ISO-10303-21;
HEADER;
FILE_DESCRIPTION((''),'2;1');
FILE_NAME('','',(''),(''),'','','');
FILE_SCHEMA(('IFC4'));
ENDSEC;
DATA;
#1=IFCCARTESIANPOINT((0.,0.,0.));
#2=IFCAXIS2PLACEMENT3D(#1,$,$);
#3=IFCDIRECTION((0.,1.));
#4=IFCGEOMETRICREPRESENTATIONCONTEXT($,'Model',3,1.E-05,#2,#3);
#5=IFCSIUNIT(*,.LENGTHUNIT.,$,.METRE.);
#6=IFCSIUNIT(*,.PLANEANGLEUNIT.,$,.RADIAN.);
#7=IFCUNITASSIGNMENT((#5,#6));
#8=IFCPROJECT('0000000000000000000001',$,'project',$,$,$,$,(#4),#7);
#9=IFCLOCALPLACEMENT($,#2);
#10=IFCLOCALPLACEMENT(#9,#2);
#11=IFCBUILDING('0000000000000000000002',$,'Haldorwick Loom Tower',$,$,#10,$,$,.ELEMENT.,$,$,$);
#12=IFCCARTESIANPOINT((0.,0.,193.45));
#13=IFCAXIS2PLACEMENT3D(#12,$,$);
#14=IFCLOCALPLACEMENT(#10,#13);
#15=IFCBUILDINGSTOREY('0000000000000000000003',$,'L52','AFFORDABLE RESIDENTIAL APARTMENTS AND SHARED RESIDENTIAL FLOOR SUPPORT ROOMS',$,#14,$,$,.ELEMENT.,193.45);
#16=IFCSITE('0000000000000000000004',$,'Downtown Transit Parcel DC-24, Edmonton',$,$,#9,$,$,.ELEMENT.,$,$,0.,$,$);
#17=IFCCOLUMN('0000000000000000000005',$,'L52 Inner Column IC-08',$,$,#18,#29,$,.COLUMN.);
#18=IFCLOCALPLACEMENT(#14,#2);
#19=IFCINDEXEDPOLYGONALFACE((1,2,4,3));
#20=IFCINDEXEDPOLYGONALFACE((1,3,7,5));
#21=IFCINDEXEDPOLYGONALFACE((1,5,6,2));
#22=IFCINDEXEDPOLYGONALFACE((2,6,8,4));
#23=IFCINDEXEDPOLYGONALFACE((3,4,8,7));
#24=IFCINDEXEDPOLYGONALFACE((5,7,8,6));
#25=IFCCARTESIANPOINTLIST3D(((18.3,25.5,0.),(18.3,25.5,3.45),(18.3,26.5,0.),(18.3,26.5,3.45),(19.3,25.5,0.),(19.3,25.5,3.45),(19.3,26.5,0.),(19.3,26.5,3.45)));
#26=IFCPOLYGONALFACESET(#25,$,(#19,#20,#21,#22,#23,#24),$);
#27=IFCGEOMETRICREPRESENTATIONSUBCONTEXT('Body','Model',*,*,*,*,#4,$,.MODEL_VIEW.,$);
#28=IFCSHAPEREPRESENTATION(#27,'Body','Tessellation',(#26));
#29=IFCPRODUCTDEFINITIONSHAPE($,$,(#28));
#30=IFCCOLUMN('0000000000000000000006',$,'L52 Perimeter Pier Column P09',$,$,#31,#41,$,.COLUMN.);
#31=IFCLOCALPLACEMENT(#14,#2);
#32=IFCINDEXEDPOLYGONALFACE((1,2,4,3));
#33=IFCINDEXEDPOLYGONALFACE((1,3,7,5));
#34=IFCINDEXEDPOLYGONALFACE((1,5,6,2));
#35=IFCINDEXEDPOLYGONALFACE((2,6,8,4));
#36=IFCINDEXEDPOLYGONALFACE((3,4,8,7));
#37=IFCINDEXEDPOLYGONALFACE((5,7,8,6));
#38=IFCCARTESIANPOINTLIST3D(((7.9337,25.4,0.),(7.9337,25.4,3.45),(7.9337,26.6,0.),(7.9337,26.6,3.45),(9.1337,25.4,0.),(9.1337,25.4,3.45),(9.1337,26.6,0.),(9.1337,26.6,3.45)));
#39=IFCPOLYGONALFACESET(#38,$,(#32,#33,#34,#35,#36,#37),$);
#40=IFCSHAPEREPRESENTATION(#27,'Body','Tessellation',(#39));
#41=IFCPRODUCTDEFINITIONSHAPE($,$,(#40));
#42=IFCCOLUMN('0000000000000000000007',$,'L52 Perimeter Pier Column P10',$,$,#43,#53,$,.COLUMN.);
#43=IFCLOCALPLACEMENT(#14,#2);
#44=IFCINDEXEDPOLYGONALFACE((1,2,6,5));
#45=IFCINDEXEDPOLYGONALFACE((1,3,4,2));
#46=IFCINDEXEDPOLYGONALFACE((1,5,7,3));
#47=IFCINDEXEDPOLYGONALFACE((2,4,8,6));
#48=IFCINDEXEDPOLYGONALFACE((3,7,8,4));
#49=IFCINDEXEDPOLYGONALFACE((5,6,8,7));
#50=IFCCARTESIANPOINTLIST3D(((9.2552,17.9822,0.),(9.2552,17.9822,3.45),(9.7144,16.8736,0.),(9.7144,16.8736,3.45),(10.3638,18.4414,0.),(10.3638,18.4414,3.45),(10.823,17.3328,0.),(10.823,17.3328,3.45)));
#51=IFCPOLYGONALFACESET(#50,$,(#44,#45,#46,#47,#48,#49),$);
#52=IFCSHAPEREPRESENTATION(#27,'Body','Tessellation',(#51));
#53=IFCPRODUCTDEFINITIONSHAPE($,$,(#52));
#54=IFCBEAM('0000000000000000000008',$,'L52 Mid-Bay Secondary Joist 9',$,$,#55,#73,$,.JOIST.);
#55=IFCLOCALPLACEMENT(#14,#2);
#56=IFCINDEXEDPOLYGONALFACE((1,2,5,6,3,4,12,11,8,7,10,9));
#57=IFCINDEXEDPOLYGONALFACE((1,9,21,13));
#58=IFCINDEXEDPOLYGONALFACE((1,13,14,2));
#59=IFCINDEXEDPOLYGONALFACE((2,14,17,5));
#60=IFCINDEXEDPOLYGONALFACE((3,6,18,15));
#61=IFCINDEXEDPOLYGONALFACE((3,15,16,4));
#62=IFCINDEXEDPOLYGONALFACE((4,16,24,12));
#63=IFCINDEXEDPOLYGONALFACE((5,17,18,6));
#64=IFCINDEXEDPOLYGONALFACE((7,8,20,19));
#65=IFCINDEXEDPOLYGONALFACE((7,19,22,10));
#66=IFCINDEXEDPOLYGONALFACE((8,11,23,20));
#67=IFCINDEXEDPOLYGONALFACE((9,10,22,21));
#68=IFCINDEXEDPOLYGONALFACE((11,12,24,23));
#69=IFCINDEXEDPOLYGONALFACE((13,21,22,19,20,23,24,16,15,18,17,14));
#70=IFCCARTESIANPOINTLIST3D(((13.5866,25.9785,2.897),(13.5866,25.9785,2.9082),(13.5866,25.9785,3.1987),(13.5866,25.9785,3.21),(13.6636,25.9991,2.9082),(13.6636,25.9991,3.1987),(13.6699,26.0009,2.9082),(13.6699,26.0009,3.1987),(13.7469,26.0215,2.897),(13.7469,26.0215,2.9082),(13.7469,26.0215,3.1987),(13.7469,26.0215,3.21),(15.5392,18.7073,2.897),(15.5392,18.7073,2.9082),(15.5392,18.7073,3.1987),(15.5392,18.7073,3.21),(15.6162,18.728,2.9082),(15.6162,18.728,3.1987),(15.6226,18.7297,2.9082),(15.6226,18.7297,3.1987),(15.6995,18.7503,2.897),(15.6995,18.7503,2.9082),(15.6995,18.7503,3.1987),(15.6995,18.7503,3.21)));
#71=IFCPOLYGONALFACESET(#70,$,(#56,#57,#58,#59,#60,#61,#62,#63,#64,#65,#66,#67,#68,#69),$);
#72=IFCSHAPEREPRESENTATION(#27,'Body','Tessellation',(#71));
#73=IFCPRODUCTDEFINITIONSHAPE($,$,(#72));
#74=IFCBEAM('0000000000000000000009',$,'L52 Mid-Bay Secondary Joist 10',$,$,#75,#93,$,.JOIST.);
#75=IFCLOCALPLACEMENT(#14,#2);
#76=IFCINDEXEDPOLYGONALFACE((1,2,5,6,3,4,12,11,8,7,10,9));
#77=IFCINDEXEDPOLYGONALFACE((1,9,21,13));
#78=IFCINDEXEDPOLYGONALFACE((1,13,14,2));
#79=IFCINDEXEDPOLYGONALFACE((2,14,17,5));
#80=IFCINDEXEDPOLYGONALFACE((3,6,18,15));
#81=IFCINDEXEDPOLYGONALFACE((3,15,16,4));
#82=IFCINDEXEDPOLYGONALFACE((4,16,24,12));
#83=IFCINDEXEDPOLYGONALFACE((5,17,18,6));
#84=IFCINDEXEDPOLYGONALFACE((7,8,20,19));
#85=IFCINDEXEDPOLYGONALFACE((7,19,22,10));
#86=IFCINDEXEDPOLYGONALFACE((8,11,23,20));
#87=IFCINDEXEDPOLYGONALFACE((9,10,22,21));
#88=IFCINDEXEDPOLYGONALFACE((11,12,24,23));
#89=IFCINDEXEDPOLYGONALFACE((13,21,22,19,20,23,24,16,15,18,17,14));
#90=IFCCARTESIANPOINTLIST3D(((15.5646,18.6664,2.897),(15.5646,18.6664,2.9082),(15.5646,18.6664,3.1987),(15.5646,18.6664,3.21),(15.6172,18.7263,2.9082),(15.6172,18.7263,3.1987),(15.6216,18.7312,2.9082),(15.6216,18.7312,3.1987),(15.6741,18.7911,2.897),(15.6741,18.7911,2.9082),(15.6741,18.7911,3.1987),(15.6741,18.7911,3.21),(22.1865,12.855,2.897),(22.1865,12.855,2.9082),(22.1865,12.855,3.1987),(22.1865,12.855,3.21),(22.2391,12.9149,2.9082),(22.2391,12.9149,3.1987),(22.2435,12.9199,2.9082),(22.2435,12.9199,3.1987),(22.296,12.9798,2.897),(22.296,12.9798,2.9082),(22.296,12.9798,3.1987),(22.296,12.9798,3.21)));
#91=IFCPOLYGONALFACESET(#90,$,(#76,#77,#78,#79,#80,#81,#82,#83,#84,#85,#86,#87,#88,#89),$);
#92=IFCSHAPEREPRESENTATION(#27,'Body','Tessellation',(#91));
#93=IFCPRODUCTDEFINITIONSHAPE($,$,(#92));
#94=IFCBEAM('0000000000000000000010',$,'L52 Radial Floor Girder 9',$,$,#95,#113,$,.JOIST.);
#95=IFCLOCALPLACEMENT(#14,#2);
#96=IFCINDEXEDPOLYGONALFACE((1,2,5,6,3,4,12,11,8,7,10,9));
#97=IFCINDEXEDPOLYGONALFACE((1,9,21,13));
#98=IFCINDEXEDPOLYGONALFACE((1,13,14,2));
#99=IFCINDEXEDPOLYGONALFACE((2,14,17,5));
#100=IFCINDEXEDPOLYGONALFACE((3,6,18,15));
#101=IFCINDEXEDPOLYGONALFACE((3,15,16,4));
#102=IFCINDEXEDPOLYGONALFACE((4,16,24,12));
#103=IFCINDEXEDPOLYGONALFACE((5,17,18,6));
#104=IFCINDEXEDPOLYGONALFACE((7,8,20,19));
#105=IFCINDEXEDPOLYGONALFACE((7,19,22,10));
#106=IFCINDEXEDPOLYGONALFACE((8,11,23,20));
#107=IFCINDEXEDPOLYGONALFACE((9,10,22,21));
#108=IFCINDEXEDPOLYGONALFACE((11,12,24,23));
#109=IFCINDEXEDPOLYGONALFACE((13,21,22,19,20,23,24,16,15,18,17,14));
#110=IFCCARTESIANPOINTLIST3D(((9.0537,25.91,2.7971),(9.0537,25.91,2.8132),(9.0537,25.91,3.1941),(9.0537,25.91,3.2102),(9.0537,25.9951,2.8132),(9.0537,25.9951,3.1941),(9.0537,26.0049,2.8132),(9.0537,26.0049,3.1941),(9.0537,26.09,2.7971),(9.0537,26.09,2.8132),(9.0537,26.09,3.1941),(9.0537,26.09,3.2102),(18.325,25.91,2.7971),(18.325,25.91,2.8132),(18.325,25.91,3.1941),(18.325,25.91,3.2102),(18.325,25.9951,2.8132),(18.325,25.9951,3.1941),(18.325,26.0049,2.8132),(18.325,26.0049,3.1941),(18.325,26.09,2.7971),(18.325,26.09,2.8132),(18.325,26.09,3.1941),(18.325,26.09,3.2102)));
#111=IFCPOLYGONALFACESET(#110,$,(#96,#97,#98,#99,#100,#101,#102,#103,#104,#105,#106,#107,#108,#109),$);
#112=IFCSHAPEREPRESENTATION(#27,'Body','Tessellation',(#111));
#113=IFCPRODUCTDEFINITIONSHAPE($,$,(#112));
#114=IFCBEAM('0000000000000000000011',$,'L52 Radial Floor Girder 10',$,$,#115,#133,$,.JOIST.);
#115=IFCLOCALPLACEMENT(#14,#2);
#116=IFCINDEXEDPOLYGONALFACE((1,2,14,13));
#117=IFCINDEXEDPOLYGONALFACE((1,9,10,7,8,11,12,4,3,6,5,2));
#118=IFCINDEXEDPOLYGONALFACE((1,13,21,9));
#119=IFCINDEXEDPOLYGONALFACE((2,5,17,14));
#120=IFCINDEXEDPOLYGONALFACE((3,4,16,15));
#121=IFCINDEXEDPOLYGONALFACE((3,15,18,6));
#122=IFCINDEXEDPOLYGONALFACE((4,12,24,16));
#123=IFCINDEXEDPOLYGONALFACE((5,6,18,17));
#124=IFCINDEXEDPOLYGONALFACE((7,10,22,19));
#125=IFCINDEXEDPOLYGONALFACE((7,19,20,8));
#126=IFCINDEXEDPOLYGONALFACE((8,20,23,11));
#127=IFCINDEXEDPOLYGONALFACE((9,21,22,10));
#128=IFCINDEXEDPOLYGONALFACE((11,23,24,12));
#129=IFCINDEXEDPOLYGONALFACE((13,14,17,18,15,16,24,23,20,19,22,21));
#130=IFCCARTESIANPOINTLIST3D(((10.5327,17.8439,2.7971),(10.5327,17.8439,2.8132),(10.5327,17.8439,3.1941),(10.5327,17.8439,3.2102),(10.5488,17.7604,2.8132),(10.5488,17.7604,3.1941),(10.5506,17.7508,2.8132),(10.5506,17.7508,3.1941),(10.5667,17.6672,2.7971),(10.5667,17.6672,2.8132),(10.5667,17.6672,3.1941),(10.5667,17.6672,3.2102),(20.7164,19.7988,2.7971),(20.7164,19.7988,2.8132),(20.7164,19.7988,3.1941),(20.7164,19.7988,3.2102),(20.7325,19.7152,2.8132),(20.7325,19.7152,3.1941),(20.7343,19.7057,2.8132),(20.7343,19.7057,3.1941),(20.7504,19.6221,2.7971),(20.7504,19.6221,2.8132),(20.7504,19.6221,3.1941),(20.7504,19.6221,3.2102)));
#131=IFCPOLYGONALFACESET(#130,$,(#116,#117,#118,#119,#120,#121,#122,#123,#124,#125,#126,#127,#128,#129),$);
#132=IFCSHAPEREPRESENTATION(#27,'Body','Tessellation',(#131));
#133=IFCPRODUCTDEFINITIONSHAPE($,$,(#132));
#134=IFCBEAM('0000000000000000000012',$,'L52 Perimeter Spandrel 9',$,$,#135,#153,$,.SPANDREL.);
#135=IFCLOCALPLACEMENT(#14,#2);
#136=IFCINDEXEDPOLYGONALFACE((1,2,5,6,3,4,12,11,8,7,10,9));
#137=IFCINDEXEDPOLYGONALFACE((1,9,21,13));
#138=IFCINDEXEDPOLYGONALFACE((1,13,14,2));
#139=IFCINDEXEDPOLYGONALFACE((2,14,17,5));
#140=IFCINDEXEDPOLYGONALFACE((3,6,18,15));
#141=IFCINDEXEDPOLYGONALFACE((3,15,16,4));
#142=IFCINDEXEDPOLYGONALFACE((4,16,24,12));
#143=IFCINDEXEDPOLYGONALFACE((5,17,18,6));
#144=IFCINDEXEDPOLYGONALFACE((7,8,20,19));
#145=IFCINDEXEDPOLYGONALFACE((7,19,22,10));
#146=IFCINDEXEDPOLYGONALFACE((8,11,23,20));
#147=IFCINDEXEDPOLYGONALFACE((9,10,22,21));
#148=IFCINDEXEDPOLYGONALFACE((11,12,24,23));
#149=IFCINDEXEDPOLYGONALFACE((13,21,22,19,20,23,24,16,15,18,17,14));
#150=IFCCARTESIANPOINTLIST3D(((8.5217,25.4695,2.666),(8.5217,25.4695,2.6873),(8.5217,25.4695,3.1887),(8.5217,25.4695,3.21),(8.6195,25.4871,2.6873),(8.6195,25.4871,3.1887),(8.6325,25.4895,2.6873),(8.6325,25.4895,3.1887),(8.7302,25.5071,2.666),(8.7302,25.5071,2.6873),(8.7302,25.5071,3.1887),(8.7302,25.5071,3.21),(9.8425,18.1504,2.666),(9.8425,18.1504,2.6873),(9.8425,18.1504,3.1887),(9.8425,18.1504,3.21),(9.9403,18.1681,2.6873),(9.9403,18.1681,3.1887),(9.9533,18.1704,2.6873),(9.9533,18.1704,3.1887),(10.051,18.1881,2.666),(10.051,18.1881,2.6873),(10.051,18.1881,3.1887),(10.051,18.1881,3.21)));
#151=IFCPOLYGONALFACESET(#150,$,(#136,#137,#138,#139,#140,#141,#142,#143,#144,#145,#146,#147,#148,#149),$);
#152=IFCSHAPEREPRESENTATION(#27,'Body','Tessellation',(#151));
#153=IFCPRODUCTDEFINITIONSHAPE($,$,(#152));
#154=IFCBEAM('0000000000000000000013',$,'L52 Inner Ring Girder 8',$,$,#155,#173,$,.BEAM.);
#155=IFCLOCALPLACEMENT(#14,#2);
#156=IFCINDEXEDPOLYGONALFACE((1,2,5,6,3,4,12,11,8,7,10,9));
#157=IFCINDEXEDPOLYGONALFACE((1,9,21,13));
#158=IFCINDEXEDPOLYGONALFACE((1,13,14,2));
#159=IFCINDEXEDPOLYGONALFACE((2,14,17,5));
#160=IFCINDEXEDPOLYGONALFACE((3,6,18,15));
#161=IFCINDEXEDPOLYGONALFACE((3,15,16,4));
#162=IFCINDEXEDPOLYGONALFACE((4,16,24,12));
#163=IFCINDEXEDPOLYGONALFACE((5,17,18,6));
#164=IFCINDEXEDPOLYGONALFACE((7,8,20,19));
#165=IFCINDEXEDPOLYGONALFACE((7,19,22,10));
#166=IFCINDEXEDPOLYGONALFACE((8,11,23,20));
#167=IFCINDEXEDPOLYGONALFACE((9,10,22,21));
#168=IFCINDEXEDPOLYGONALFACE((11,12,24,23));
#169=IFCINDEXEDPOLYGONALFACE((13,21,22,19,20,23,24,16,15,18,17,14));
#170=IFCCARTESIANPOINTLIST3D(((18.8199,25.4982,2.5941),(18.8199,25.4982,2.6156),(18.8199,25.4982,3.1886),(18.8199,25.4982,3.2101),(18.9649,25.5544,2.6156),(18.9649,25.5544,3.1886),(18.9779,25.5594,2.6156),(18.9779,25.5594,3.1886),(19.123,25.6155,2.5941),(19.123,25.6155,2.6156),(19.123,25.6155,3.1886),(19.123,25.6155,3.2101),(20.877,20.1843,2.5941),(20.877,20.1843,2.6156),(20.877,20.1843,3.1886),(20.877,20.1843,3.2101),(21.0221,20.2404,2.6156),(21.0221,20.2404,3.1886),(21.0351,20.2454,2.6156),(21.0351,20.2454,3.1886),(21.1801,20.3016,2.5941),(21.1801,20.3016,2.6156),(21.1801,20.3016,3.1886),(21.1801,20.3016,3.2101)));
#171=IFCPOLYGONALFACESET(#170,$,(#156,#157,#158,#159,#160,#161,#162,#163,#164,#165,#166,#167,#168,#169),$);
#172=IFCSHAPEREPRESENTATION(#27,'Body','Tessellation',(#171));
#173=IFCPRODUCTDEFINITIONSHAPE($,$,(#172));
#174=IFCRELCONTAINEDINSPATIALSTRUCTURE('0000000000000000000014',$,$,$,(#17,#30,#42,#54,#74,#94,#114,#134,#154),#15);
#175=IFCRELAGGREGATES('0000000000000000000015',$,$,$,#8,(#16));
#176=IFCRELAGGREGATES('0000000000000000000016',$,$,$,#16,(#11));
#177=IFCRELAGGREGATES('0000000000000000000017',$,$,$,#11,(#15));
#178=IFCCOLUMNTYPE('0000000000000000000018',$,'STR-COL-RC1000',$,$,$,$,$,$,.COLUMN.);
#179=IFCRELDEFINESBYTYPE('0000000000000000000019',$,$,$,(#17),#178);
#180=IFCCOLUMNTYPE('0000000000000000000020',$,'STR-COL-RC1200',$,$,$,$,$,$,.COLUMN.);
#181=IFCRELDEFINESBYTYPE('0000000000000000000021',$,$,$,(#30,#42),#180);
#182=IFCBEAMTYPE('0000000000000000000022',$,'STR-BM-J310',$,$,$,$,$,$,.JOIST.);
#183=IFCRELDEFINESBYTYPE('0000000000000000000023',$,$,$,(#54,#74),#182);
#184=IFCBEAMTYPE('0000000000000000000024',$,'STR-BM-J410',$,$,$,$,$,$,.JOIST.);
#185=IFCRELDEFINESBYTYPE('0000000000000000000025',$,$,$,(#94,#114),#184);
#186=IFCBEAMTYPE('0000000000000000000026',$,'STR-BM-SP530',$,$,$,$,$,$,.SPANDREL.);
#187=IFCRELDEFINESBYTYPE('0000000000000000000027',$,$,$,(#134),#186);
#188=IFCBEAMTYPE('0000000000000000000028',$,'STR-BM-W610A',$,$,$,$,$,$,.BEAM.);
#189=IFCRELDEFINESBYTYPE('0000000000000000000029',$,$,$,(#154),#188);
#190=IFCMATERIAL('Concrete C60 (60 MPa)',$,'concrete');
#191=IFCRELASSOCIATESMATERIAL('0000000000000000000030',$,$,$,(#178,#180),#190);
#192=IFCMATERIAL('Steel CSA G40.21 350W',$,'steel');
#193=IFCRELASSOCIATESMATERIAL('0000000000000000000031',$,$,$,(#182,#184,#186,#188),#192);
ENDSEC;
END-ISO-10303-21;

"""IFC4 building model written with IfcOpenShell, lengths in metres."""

from ifc_helpers import new_model, si_unit, direction, frame, origin, origin_2d, place, context, subcontext, project, spatial, rectangle, i_section, extrude, material, material_profile, profile_set, type_object, element, save


model = new_model("IFC4")

# Units and contexts
model_context = context("Model", 3, precision=1e-05, world=origin(), true_north=direction((0.0, 1.0)))
body_context = subcontext(model_context, "Body", "Model", "MODEL_VIEW")
ifc_project = project(units=[si_unit("LENGTHUNIT", "METRE"), si_unit("PLANEANGLEUNIT", "RADIAN")], contexts=[model_context])

# Site, building, storey
site_placement = place(None, origin())
site = spatial("IfcSite", under=ifc_project, at=site_placement, Name="Downtown Transit Parcel DC-24, Edmonton", CompositionType="ELEMENT", RefElevation=0.0)
building_placement = place(site_placement, origin())
building = spatial("IfcBuilding", under=site, at=building_placement, Name="Haldorwick Loom Tower", CompositionType="ELEMENT")
storey_placement = place(building_placement, frame((0.0, 0.0, 193.45)))
storey = spatial("IfcBuildingStorey", under=building, at=storey_placement, Name="L52", Description="AFFORDABLE RESIDENTIAL APARTMENTS AND SHARED RESIDENTIAL FLOOR SUPPORT ROOMS", CompositionType="ELEMENT", Elevation=193.45)

# Columns
ifc_material_1 = material(Name="Concrete C60 (60 MPa)", Category="concrete")
ifc_material_profile_1 = material_profile(ifc_material_1, rectangle(XDim=1.0, YDim=1.0, at=origin_2d()), Name="RC1000X1000", Category="concrete")
ifc_profile_set_1 = profile_set([ifc_material_profile_1], Name="Concrete C60 (60 MPa)")
column_type_1 = type_object("IfcColumnType", Name="STR-COL-RC1000", PredefinedType="COLUMN", material=ifc_profile_set_1)
column_placement = place(storey_placement, frame((18.8, 26.0, 0.0), z_axis=(0.0, 0.0, 1.0), x_axis=(1.0, 0.0, 0.0)))
element("IfcColumn", 1, at=column_placement, inside=storey, type_object=column_type_1, Name="L52 Inner Column IC-08", PredefinedType="COLUMN", context=body_context, shape_type="SweptSolid", body=[
    extrude(rectangle(XDim=1.0, YDim=1.0, at=origin_2d()), origin(), (0.0, 0.0, 1.0), 3.45),
])
ifc_material_profile_2 = material_profile(ifc_material_1, rectangle(XDim=1.2, YDim=1.2, at=origin_2d()), Name="RC1200X1200", Category="concrete")
ifc_profile_set_2 = profile_set([ifc_material_profile_2], Name="Concrete C60 (60 MPa)")
column_type_2 = type_object("IfcColumnType", Name="STR-COL-RC1200", PredefinedType="COLUMN", material=ifc_profile_set_2)
for number, where, z_axis, x_axis, name in (
    (2, (8.5337, 26.0, 0.0), (0.0, 0.0, 1.0), (-1.0, 0.0, 0.0), "L52 Perimeter Pier Column P09"),
    (3, (10.0391, 17.6575, 0.0), (0.0, 0.0, 1.0), (-0.92388, -0.382683, 0.0), "L52 Perimeter Pier Column P10"),
):
    element("IfcColumn", number, at=place(storey_placement, frame(where, z_axis=z_axis, x_axis=x_axis)), inside=storey, type_object=column_type_2, Name=name, PredefinedType="COLUMN", context=body_context, shape_type="SweptSolid", body=[
        extrude(rectangle(XDim=1.2, YDim=1.2, at=origin_2d()), origin(), (0.0, 0.0, 1.0), 3.45),
    ])

# Beams
ifc_material_2 = material(Name="Steel CSA G40.21 350W", Category="steel")
ifc_material_profile_3 = material_profile(ifc_material_2, i_section(OverallWidth=0.166, OverallDepth=0.313, WebThickness=0.0066, FlangeThickness=0.0112, at=origin_2d()), Name="W310X45", Category="steel")
ifc_profile_set_3 = profile_set([ifc_material_profile_3], Name="Steel CSA G40.21 350W")
beam_type_1 = type_object("IfcBeamType", Name="STR-BM-J310", PredefinedType="JOIST", material=ifc_profile_set_3)
beam_1_placement = place(storey_placement, frame((13.6667, 26.0, 3.0535), z_axis=(0.259354, -0.965782, 0.0), x_axis=(0.965782, 0.259354, 0.0)))
element("IfcBeam", 4, at=beam_1_placement, inside=storey, type_object=beam_type_1, Name="L52 Mid-Bay Secondary Joist 9", PredefinedType="JOIST", context=body_context, shape_type="SweptSolid", body=[
    extrude(i_section(OverallWidth=0.166, OverallDepth=0.313, WebThickness=0.0066, FlangeThickness=0.0112, at=origin_2d()), origin(), (0.0, 0.0, 1.0), 7.5288),
])
beam_2_placement = place(storey_placement, frame((15.6194, 18.7288, 3.0535), z_axis=(0.751609, -0.659608, 0.0), x_axis=(0.659608, 0.751609, 0.0)))
element("IfcBeam", 5, at=beam_2_placement, inside=storey, type_object=beam_type_1, Name="L52 Mid-Bay Secondary Joist 10", PredefinedType="JOIST", context=body_context, shape_type="SweptSolid", body=[
    extrude(i_section(OverallWidth=0.166, OverallDepth=0.313, WebThickness=0.0066, FlangeThickness=0.0112, at=origin_2d()), origin(), (0.0, 0.0, 1.0), 8.8103),
])
ifc_material_profile_4 = material_profile(ifc_material_2, i_section(OverallWidth=0.1799, OverallDepth=0.4131, WebThickness=0.0098, FlangeThickness=0.0161, at=origin_2d()), Name="W410X74", Category="steel")
ifc_profile_set_4 = profile_set([ifc_material_profile_4], Name="Steel CSA G40.21 350W")
beam_type_2 = type_object("IfcBeamType", Name="STR-BM-J410", PredefinedType="JOIST", material=ifc_profile_set_4)
beam_3_placement = place(storey_placement, frame((18.325, 26.0, 3.0037), z_axis=(-1.0, 0.0, 0.0), x_axis=(0.0, -1.0, 0.0)))
element("IfcBeam", 6, at=beam_3_placement, inside=storey, type_object=beam_type_2, Name="L52 Radial Floor Girder 9", PredefinedType="JOIST", context=body_context, shape_type="SweptSolid", body=[
    extrude(i_section(OverallWidth=0.1799, OverallDepth=0.4131, WebThickness=0.0098, FlangeThickness=0.0161, at=origin_2d()), origin(), (0.0, 0.0, 1.0), 9.2712),
])
beam_4_placement = place(storey_placement, frame((20.7334, 19.7104, 3.0037), z_axis=(-0.98207, -0.188517, 0.0), x_axis=(0.188517, -0.98207, 0.0)))
element("IfcBeam", 7, at=beam_4_placement, inside=storey, type_object=beam_type_2, Name="L52 Radial Floor Girder 10", PredefinedType="JOIST", context=body_context, shape_type="SweptSolid", body=[
    extrude(i_section(OverallWidth=0.1799, OverallDepth=0.4131, WebThickness=0.0098, FlangeThickness=0.0161, at=origin_2d()), origin(), (0.0, 0.0, 1.0), 10.3696),
])
ifc_material_profile_5 = material_profile(ifc_material_2, i_section(OverallWidth=0.2119, OverallDepth=0.5439, WebThickness=0.0132, FlangeThickness=0.0212, at=origin_2d()), Name="W530X123", Category="steel")
ifc_profile_set_5 = profile_set([ifc_material_profile_5], Name="Steel CSA G40.21 350W")
beam_type_3 = type_object("IfcBeamType", Name="STR-BM-SP530", PredefinedType="SPANDREL", material=ifc_profile_set_5)
beam_5_placement = place(storey_placement, frame((8.626, 25.4883, 2.938), z_axis=(0.177591, -0.984104, 0.0), x_axis=(0.984104, 0.177591, 0.0)))
element("IfcBeam", 8, at=beam_5_placement, inside=storey, type_object=beam_type_3, Name="L52 Perimeter Spandrel 9", PredefinedType="SPANDREL", context=body_context, shape_type="SweptSolid", body=[
    extrude(i_section(OverallWidth=0.2119, OverallDepth=0.5439, WebThickness=0.0132, FlangeThickness=0.0212, at=origin_2d()), origin(), (0.0, 0.0, 1.0), 7.4373),
])
ifc_material_profile_6 = material_profile(ifc_material_2, i_section(OverallWidth=0.325, OverallDepth=0.616, WebThickness=0.0139, FlangeThickness=0.0215, at=origin_2d()), Name="W610X174", Category="steel")
ifc_profile_set_6 = profile_set([ifc_material_profile_6], Name="Steel CSA G40.21 350W")
beam_type_4 = type_object("IfcBeamType", Name="STR-BM-W610A", PredefinedType="BEAM", material=ifc_profile_set_6)
beam_6_placement = place(storey_placement, frame((21.0286, 20.2429, 2.9021), z_axis=(-0.361011, 0.932562, 0.0), x_axis=(-0.932562, -0.361011, 0.0)))
element("IfcBeam", 9, at=beam_6_placement, inside=storey, type_object=beam_type_4, Name="L52 Inner Ring Girder 8", PredefinedType="BEAM", context=body_context, shape_type="SweptSolid", body=[
    extrude(i_section(OverallWidth=0.325, OverallDepth=0.616, WebThickness=0.0139, FlangeThickness=0.0215, at=origin_2d()), origin(), (0.0, 0.0, 1.0), 5.6982),
])

save(model, "model.ifc")
